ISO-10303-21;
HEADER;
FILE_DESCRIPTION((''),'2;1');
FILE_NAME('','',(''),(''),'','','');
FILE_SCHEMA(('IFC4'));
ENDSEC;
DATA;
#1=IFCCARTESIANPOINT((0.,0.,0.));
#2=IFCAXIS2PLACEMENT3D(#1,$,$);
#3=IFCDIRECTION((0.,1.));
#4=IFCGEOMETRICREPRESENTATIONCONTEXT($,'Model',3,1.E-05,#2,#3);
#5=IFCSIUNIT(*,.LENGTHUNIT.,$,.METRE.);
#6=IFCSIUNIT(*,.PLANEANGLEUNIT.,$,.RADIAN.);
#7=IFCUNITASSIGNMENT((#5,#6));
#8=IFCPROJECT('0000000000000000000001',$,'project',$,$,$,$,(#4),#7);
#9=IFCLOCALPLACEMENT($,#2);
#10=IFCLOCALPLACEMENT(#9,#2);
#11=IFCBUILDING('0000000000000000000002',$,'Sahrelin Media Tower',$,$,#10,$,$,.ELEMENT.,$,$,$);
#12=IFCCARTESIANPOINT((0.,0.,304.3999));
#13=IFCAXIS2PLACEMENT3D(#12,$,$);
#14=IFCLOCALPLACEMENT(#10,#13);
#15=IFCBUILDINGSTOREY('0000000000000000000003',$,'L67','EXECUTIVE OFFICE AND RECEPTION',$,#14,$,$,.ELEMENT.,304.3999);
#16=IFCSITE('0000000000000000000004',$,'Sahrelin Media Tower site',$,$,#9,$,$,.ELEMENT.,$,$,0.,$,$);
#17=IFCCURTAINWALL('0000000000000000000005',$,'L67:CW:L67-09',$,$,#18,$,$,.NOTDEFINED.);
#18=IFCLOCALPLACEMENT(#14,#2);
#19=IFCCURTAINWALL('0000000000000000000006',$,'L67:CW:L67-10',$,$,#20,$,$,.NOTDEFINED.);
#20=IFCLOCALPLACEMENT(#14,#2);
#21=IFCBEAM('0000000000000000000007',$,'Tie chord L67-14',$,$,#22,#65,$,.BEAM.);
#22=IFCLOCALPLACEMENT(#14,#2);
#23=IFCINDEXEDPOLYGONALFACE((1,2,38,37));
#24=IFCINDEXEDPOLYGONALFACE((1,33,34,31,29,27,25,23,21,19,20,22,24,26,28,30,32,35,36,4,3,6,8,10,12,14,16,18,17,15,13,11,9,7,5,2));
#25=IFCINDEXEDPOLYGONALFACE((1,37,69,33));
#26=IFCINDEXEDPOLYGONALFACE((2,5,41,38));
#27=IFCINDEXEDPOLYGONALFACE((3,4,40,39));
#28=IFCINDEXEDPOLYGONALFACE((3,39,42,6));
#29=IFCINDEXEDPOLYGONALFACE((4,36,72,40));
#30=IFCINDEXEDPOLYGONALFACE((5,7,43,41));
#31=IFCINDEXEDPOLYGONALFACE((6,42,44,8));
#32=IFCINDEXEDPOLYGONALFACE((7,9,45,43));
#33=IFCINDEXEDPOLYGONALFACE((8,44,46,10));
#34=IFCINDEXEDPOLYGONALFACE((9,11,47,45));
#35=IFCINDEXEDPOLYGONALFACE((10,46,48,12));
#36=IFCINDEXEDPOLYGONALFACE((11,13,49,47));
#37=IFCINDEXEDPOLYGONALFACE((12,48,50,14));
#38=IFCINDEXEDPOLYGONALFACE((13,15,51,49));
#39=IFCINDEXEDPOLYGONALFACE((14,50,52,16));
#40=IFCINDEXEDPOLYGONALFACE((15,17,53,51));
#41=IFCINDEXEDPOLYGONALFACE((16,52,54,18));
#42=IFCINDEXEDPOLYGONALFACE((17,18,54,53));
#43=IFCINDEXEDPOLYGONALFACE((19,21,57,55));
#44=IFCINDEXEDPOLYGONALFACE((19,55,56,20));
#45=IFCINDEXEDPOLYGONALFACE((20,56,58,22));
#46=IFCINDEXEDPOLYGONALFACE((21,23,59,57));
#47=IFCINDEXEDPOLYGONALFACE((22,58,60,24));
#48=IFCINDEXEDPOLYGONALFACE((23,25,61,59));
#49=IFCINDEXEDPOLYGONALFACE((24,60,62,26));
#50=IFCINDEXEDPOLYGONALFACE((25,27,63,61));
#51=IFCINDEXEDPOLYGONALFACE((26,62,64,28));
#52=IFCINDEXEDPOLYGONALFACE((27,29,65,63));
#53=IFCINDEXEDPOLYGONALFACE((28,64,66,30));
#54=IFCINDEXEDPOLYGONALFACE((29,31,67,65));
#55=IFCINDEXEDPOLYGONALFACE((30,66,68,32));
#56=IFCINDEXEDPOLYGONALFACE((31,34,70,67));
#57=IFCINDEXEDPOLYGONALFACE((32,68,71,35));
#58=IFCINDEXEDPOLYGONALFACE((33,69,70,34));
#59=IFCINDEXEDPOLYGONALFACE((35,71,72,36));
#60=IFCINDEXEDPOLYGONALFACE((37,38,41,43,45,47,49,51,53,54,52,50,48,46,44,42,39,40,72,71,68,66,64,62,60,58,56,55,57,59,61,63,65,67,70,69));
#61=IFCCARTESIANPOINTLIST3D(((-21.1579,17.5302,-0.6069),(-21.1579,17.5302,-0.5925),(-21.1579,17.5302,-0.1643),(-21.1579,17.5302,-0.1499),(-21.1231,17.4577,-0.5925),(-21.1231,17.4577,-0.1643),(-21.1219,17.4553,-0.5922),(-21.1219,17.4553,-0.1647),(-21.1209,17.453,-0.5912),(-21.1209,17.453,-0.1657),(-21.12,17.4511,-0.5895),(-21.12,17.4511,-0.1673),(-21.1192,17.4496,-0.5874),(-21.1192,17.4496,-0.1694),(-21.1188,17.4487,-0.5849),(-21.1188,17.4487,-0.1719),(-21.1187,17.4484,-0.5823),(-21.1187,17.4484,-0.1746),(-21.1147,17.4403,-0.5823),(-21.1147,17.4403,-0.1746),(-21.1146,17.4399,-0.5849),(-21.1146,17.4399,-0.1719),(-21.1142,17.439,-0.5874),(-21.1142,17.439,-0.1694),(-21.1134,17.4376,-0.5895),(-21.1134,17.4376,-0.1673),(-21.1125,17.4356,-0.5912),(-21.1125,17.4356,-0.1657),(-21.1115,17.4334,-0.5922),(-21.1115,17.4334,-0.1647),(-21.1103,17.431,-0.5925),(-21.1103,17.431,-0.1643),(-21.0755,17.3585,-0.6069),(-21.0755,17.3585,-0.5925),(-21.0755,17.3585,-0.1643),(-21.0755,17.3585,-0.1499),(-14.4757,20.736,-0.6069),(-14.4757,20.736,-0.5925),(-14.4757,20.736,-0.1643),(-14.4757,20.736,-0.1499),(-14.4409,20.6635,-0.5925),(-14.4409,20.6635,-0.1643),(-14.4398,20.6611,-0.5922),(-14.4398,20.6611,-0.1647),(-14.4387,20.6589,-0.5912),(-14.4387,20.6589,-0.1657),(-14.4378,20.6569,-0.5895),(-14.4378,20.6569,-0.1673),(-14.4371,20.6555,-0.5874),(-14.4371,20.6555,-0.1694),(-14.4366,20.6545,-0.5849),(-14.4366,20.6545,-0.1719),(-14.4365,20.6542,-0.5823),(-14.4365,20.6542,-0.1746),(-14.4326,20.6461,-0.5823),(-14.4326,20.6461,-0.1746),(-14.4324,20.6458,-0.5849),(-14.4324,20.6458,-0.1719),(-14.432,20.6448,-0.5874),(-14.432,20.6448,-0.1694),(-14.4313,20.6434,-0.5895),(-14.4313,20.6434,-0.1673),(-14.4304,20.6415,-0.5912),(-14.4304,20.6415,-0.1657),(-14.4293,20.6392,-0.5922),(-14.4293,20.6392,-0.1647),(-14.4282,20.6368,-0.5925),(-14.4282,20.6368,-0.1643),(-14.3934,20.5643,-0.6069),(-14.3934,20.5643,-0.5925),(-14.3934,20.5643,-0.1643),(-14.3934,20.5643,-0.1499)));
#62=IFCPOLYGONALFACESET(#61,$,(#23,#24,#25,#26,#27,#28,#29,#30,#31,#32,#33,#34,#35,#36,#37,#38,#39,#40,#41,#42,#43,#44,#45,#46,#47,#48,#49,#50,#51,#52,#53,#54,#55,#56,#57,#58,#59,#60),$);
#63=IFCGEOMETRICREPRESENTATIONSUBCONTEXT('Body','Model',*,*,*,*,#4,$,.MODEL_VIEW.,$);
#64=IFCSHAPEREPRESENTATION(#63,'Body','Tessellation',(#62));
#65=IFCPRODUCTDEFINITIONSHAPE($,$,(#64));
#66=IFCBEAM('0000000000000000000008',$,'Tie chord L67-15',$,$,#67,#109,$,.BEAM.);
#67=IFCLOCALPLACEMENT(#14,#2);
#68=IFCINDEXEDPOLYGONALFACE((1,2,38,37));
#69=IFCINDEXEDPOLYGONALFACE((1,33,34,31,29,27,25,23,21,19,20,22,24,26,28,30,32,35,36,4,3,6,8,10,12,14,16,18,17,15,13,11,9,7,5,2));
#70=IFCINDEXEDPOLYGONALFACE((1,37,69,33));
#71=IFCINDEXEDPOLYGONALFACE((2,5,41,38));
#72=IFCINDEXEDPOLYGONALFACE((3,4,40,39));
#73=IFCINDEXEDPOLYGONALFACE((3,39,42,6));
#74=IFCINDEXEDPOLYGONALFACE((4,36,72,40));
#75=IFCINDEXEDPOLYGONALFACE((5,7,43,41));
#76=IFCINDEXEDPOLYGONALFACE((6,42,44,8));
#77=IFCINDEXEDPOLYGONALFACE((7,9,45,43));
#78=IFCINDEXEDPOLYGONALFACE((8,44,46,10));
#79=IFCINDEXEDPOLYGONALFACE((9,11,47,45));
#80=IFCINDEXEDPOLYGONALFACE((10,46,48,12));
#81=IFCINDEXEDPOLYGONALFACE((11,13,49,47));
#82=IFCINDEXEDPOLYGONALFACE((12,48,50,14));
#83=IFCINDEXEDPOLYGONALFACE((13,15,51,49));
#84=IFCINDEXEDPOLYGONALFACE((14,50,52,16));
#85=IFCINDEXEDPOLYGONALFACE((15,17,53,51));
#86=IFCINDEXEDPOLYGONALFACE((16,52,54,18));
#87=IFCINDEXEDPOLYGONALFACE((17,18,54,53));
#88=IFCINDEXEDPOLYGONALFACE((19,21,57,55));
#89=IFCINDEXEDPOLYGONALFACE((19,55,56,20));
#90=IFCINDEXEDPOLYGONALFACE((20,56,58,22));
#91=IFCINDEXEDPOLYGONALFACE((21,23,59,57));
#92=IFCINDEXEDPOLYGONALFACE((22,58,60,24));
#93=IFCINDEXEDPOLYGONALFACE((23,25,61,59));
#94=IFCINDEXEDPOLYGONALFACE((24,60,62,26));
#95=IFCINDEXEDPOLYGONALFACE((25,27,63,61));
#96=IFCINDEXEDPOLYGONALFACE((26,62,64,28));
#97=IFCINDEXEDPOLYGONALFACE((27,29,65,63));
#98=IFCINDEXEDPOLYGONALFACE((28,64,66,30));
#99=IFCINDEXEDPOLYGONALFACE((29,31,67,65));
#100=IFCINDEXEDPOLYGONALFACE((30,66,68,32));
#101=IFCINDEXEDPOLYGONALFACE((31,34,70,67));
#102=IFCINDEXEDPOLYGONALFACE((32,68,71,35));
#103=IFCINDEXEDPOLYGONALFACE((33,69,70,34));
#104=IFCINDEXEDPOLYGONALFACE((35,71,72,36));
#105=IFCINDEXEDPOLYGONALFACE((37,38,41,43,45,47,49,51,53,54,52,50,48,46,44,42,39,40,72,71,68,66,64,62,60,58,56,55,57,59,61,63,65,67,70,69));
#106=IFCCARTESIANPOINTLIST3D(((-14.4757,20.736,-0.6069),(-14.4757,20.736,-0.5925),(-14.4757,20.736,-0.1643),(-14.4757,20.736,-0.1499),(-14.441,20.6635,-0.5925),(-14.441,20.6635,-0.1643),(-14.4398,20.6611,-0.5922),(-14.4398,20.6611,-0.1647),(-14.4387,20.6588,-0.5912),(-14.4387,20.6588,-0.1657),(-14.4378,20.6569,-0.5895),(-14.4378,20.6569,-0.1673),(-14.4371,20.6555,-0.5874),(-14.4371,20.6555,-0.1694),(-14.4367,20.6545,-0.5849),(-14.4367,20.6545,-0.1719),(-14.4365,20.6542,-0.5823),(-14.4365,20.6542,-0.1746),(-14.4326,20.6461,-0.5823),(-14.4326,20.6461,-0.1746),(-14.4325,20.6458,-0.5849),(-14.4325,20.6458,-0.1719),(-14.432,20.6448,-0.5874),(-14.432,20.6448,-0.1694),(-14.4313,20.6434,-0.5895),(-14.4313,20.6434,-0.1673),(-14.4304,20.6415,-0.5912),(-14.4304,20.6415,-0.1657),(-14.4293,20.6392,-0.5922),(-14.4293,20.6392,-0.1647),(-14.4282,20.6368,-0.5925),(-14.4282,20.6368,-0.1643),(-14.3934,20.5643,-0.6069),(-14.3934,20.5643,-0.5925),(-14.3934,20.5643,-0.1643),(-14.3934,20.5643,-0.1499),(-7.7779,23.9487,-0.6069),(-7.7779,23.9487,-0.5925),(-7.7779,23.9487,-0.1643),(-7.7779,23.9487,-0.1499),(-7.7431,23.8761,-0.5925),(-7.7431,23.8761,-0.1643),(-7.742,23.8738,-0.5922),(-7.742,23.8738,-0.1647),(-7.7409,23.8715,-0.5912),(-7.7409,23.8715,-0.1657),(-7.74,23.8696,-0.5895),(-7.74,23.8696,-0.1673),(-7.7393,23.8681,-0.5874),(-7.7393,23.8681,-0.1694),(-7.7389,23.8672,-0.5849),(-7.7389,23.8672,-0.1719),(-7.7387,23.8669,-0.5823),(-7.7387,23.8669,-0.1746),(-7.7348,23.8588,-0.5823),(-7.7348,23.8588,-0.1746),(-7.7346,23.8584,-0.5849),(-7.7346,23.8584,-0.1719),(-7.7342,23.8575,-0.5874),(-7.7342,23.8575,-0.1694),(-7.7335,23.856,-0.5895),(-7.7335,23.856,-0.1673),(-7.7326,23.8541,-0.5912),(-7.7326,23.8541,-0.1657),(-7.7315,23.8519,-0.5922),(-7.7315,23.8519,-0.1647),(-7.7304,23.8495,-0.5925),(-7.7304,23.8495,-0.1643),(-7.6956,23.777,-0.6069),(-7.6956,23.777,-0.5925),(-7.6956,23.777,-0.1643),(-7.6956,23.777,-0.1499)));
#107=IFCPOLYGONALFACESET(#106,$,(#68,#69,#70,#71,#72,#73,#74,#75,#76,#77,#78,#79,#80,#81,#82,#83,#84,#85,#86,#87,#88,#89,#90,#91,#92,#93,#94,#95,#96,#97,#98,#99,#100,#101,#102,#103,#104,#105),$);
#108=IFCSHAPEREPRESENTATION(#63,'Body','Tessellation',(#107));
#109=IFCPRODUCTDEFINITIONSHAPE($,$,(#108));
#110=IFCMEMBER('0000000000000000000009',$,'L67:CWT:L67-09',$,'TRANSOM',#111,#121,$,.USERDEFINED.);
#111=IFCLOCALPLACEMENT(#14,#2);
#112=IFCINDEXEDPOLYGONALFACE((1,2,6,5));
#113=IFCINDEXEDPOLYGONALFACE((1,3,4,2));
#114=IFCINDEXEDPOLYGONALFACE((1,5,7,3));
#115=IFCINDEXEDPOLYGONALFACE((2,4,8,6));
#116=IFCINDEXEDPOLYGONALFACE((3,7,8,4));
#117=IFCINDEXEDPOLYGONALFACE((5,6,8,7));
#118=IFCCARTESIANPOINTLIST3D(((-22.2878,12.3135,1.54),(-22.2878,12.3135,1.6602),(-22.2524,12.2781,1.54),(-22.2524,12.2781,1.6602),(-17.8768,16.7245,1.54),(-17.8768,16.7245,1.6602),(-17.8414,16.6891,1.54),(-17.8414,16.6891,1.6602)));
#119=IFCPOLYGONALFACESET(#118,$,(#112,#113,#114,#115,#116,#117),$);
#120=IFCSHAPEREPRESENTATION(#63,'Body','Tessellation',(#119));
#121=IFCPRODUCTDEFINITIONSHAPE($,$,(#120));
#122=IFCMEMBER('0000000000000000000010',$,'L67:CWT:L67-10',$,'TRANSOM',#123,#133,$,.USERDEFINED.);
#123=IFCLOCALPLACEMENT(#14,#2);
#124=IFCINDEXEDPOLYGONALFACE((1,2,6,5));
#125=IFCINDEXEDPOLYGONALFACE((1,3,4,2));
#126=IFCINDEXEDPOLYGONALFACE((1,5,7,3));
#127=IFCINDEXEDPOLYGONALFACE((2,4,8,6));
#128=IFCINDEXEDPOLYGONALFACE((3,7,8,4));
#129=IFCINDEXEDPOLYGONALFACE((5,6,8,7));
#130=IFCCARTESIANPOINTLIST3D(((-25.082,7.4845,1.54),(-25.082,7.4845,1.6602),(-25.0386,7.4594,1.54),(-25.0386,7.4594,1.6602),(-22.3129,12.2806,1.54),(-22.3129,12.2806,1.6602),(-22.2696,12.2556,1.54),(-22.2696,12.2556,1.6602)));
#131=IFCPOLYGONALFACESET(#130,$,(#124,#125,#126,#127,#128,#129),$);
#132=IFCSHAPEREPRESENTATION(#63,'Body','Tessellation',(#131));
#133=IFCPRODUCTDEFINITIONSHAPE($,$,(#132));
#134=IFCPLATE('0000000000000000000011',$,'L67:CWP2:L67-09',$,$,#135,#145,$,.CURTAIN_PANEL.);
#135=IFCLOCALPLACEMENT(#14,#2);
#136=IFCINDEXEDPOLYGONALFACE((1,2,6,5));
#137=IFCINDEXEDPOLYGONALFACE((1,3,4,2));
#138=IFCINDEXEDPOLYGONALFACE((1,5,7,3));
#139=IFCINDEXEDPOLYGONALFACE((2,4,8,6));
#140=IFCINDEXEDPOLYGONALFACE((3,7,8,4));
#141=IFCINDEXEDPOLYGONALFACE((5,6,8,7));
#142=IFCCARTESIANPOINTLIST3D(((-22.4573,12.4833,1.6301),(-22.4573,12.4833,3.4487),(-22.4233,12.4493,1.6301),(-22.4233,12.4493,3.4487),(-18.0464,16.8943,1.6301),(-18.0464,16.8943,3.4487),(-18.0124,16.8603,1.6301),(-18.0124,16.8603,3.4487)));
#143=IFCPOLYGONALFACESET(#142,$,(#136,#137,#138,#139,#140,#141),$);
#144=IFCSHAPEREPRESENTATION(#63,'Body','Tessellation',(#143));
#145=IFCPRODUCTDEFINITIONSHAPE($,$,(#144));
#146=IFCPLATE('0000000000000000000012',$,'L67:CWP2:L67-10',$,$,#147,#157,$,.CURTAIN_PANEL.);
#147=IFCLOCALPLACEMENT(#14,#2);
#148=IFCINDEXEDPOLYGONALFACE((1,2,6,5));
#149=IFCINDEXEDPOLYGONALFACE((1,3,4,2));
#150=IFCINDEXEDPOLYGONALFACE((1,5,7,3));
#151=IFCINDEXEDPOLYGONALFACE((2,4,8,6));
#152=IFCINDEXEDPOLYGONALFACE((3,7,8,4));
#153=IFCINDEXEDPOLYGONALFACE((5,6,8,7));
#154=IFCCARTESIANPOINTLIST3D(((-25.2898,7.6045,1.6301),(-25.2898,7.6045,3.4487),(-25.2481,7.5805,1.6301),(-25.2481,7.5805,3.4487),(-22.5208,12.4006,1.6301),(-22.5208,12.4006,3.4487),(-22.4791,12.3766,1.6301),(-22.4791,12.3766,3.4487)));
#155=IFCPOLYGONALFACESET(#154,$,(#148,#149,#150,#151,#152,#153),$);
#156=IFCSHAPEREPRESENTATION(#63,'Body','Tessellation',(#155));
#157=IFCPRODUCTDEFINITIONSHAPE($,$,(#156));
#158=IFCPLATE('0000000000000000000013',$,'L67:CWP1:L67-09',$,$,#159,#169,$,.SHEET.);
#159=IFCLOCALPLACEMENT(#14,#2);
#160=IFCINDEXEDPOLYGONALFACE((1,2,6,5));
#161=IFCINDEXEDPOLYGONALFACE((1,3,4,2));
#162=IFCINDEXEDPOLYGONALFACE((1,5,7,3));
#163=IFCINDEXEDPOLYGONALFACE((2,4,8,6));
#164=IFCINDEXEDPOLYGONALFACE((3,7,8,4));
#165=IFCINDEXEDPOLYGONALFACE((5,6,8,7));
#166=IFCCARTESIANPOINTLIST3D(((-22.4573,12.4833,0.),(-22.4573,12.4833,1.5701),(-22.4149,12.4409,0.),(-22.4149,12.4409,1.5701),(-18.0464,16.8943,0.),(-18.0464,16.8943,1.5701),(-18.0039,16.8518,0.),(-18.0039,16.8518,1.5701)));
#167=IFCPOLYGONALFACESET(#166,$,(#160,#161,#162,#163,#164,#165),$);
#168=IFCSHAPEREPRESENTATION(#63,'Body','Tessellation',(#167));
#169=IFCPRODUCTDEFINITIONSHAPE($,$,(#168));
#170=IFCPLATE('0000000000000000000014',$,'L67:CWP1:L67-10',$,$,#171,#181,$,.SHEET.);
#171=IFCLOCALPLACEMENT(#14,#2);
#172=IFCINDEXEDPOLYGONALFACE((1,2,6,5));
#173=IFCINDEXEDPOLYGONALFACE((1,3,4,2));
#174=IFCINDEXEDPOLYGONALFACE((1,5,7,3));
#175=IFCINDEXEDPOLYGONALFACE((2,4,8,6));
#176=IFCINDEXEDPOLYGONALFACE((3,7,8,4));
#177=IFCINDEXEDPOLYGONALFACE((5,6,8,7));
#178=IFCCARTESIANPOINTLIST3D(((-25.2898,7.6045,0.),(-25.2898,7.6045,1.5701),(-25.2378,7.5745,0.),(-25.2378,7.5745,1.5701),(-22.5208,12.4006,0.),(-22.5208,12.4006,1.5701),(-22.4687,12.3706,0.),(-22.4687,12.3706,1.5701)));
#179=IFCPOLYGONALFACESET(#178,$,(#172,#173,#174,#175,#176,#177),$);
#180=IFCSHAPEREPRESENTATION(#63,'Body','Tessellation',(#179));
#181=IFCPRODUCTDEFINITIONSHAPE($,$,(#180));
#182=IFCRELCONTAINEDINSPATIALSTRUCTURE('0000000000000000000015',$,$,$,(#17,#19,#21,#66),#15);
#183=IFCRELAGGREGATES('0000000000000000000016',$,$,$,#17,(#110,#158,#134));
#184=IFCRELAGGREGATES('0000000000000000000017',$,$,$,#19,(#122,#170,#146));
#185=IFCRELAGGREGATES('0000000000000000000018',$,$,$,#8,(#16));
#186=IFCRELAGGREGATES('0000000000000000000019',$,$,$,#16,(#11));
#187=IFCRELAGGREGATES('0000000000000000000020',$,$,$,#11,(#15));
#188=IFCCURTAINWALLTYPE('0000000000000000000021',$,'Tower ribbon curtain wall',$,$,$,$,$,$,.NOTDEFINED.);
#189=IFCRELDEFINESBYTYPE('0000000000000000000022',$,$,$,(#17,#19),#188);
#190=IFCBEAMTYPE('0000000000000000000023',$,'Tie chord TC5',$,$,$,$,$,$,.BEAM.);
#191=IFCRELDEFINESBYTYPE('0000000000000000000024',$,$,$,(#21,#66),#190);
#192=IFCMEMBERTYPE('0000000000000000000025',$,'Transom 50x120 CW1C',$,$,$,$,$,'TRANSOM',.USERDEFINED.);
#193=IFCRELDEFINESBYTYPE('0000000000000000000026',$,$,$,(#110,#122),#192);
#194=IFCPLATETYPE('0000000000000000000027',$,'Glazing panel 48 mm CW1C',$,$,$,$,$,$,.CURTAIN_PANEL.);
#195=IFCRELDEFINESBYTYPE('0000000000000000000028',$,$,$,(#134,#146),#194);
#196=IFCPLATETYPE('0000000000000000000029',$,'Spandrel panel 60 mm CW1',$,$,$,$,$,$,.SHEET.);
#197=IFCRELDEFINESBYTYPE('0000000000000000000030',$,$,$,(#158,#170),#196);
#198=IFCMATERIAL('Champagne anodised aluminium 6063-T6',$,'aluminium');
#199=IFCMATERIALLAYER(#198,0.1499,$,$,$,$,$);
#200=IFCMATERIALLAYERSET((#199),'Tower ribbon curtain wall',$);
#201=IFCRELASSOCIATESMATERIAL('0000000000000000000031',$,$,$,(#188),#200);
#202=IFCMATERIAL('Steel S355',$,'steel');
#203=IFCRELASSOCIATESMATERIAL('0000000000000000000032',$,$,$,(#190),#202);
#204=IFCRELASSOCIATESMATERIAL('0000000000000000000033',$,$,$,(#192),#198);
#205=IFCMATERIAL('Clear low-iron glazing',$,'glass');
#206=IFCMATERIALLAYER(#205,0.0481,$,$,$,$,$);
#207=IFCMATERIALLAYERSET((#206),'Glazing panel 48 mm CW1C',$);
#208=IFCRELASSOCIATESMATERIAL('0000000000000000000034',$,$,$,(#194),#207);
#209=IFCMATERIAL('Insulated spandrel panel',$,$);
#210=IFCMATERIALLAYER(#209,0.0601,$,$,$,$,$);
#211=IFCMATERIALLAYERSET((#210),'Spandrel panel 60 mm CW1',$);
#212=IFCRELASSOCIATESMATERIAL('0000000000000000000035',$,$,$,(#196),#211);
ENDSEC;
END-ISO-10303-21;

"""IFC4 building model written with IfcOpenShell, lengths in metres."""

from ifc_helpers import new_model, si_unit, direction, frame, origin, origin_2d, place, context, subcontext, project, spatial, polyline, rectangle, i_section, outline, extrude, material, layer, layer_set, material_profile, profile_set, type_object, element, aggregate, save


model = new_model("IFC4")

# Units and contexts
model_context = context("Model", 3, precision=1e-05, world=origin(), true_north=direction((0.0, 1.0)))
body_context = subcontext(model_context, "Body", "Model", "MODEL_VIEW")
ifc_project = project(units=[si_unit("LENGTHUNIT", "METRE"), si_unit("PLANEANGLEUNIT", "RADIAN")], contexts=[model_context])

# Site, building, storey
site_placement = place(None, origin())
site = spatial("IfcSite", under=ifc_project, at=site_placement, Name="Sahrelin Media Tower site", CompositionType="ELEMENT", RefElevation=0.0)
building_placement = place(site_placement, origin())
building = spatial("IfcBuilding", under=site, at=building_placement, Name="Sahrelin Media Tower", CompositionType="ELEMENT")
storey_placement = place(building_placement, frame((0.0, 0.0, 304.3999)))
storey = spatial("IfcBuildingStorey", under=building, at=storey_placement, Name="L67", Description="EXECUTIVE OFFICE AND RECEPTION", CompositionType="ELEMENT", Elevation=304.3999)

# Shared definitions
ifc_material_1 = material(Name="Steel S355", Category="steel")

# Curtain walls
ifc_material_2 = material(Name="Champagne anodised aluminium 6063-T6", Category="aluminium")
ifc_layer_1 = layer(ifc_material_2, 0.1499)
ifc_layer_set_1 = layer_set([ifc_layer_1], Name="Tower ribbon curtain wall")
curtain_wall_type = type_object("IfcCurtainWallType", Name="Tower ribbon curtain wall", PredefinedType="NOTDEFINED", material=ifc_layer_set_1)
curtain_wall_1_placement = place(storey_placement, frame((-20.2378, 14.6748, 0.0), z_axis=(0.0, 0.0, 1.0), x_axis=(1.0, 0.0, 0.0)))
curtain_wall_1 = element("IfcCurtainWall", 1, at=curtain_wall_1_placement, inside=storey, type_object=curtain_wall_type, Name="L67:CW:L67-09", PredefinedType="NOTDEFINED")
curtain_wall_2_placement = place(storey_placement, frame((-23.8879, 9.9924, 0.0), z_axis=(0.0, 0.0, 1.0), x_axis=(1.0, 0.0, 0.0)))
curtain_wall_2 = element("IfcCurtainWall", 2, at=curtain_wall_2_placement, inside=storey, type_object=curtain_wall_type, Name="L67:CW:L67-10", PredefinedType="NOTDEFINED")

# Beams
ifc_material_profile_1 = material_profile(ifc_material_1, i_section(OverallWidth=0.1904, OverallDepth=0.457, WebThickness=0.009, FlangeThickness=0.0144, FilletRadius=0.0103, at=origin_2d()), Name="UB 457x191x74")
ifc_profile_set_1 = profile_set([ifc_material_profile_1], Name="Steel S355")
beam_type_1 = type_object("IfcBeamType", Name="Tie chord TC5", PredefinedType="BEAM", material=ifc_profile_set_1)
beam_1_placement = place(storey_placement, frame((-21.1167, 17.4443, -0.3784), z_axis=(0.901608, 0.432554, 0.0), x_axis=(-0.432554, 0.901608, 0.0)))
element("IfcBeam", 3, at=beam_1_placement, inside=storey, type_object=beam_type_1, Name="Tie chord L67-14", PredefinedType="BEAM", context=body_context, shape_type="SweptSolid", body=[
    extrude(i_section(OverallWidth=0.1904, OverallDepth=0.457, WebThickness=0.009, FlangeThickness=0.0144, FilletRadius=0.0103, at=origin_2d()), origin(), (0.0, 0.0, 1.0), 7.4114),
])
beam_2_placement = place(storey_placement, frame((-14.4346, 20.6501, -0.3784), z_axis=(0.901643, 0.432482, 0.0), x_axis=(-0.432482, 0.901643, 0.0)))
element("IfcBeam", 4, at=beam_2_placement, inside=storey, type_object=beam_type_1, Name="Tie chord L67-15", PredefinedType="BEAM", context=body_context, shape_type="SweptSolid", body=[
    extrude(i_section(OverallWidth=0.1904, OverallDepth=0.457, WebThickness=0.009, FlangeThickness=0.0144, FilletRadius=0.0103, at=origin_2d()), origin(), (0.0, 0.0, 1.0), 7.4285),
])

# Members
ifc_material_profile_2 = material_profile(ifc_material_2, rectangle(XDim=0.05, YDim=0.1201, at=origin_2d()), Name="Transom 50x120")
ifc_profile_set_2 = profile_set([ifc_material_profile_2], Name="Champagne anodised aluminium 6063-T6")
member_type_1 = type_object("IfcMemberType", Name="Transom 50x120 CW1C", ElementType="TRANSOM", PredefinedType="USERDEFINED", material=ifc_profile_set_2)
member_1_placement = place(storey_placement, frame((-17.8591, 16.7068, 1.6001), z_axis=(-0.707107, -0.707107, 0.0), x_axis=(0.707107, -0.707107, 0.0)))
member_1 = element("IfcMember", 5, at=member_1_placement, type_object=member_type_1, Name="L67:CWT:L67-09", ObjectType="TRANSOM", PredefinedType="USERDEFINED", context=body_context, shape_type="SweptSolid", body=[
    extrude(rectangle(XDim=0.05, YDim=0.1201, at=origin_2d()), origin(), (0.0, 0.0, 1.0), 6.238),
])
member_2_placement = place(storey_placement, frame((-22.2913, 12.2681, 1.6001), z_axis=(-0.499998, -0.866026, 0.0), x_axis=(0.866026, -0.499998, 0.0)))
member_2 = element("IfcMember", 6, at=member_2_placement, type_object=member_type_1, Name="L67:CWT:L67-10", ObjectType="TRANSOM", PredefinedType="USERDEFINED", context=body_context, shape_type="SweptSolid", body=[
    extrude(rectangle(XDim=0.05, YDim=0.1201, at=origin_2d()), origin(), (0.0, 0.0, 1.0), 5.5381),
])

# Plates
ifc_material_3 = material(Name="Clear low-iron glazing", Category="glass")
ifc_layer_2 = layer(ifc_material_3, 0.0481)
ifc_layer_set_2 = layer_set([ifc_layer_2], Name="Glazing panel 48 mm CW1C")
plate_type_1 = type_object("IfcPlateType", Name="Glazing panel 48 mm CW1C", PredefinedType="CURTAIN_PANEL", material=ifc_layer_set_2)
plate_1_placement = place(storey_placement, frame((-18.0464, 16.8943, 1.6301), z_axis=(-0.707107, 0.707107, 0.0), x_axis=(-0.707107, -0.707107, 0.0)))
plate_1 = element("IfcPlate", 7, at=plate_1_placement, type_object=plate_type_1, Name="L67:CWP2:L67-09", PredefinedType="CURTAIN_PANEL", context=body_context, shape_type="SweptSolid", body=[
    extrude(outline(polyline([(0.0, 0.0), (6.238, 0.0), (6.238, 1.8186), (0.0, 1.8186), (0.0, 0.0)])), origin(), (0.0, 0.0, -1.0), 0.0481),
])
plate_2_placement = place(storey_placement, frame((-22.5208, 12.4006, 1.6301), z_axis=(-0.866026, 0.499998, 0.0), x_axis=(-0.499998, -0.866026, 0.0)))
plate_2 = element("IfcPlate", 8, at=plate_2_placement, type_object=plate_type_1, Name="L67:CWP2:L67-10", PredefinedType="CURTAIN_PANEL", context=body_context, shape_type="SweptSolid", body=[
    extrude(outline(polyline([(0.0, 0.0), (5.5381, 0.0), (5.5381, 1.8186), (0.0, 1.8186), (0.0, 0.0)])), origin(), (0.0, 0.0, -1.0), 0.0481),
])
ifc_material_4 = material(Name="Insulated spandrel panel")
ifc_layer_3 = layer(ifc_material_4, 0.0601)
ifc_layer_set_3 = layer_set([ifc_layer_3], Name="Spandrel panel 60 mm CW1")
plate_type_2 = type_object("IfcPlateType", Name="Spandrel panel 60 mm CW1", PredefinedType="SHEET", material=ifc_layer_set_3)
plate_3_placement = place(storey_placement, frame((-18.0464, 16.8943, 0.0), z_axis=(-0.707107, 0.707107, 0.0), x_axis=(-0.707107, -0.707107, 0.0)))
plate_3 = element("IfcPlate", 9, at=plate_3_placement, type_object=plate_type_2, Name="L67:CWP1:L67-09", PredefinedType="SHEET", context=body_context, shape_type="SweptSolid", body=[
    extrude(outline(polyline([(0.0, 0.0), (6.238, 0.0), (6.238, 1.5701), (0.0, 1.5701), (0.0, 0.0)])), origin(), (0.0, 0.0, -1.0), 0.0601),
])
aggregate(curtain_wall_1, [member_1, plate_3, plate_1])
plate_4_placement = place(storey_placement, frame((-22.5208, 12.4006, 0.0), z_axis=(-0.866026, 0.499998, 0.0), x_axis=(-0.499998, -0.866026, 0.0)))
plate_4 = element("IfcPlate", 10, at=plate_4_placement, type_object=plate_type_2, Name="L67:CWP1:L67-10", PredefinedType="SHEET", context=body_context, shape_type="SweptSolid", body=[
    extrude(outline(polyline([(0.0, 0.0), (5.5381, 0.0), (5.5381, 1.5701), (0.0, 1.5701), (0.0, 0.0)])), origin(), (0.0, 0.0, -1.0), 0.0601),
])
aggregate(curtain_wall_2, [member_2, plate_4, plate_2])

save(model, "model.ifc")
